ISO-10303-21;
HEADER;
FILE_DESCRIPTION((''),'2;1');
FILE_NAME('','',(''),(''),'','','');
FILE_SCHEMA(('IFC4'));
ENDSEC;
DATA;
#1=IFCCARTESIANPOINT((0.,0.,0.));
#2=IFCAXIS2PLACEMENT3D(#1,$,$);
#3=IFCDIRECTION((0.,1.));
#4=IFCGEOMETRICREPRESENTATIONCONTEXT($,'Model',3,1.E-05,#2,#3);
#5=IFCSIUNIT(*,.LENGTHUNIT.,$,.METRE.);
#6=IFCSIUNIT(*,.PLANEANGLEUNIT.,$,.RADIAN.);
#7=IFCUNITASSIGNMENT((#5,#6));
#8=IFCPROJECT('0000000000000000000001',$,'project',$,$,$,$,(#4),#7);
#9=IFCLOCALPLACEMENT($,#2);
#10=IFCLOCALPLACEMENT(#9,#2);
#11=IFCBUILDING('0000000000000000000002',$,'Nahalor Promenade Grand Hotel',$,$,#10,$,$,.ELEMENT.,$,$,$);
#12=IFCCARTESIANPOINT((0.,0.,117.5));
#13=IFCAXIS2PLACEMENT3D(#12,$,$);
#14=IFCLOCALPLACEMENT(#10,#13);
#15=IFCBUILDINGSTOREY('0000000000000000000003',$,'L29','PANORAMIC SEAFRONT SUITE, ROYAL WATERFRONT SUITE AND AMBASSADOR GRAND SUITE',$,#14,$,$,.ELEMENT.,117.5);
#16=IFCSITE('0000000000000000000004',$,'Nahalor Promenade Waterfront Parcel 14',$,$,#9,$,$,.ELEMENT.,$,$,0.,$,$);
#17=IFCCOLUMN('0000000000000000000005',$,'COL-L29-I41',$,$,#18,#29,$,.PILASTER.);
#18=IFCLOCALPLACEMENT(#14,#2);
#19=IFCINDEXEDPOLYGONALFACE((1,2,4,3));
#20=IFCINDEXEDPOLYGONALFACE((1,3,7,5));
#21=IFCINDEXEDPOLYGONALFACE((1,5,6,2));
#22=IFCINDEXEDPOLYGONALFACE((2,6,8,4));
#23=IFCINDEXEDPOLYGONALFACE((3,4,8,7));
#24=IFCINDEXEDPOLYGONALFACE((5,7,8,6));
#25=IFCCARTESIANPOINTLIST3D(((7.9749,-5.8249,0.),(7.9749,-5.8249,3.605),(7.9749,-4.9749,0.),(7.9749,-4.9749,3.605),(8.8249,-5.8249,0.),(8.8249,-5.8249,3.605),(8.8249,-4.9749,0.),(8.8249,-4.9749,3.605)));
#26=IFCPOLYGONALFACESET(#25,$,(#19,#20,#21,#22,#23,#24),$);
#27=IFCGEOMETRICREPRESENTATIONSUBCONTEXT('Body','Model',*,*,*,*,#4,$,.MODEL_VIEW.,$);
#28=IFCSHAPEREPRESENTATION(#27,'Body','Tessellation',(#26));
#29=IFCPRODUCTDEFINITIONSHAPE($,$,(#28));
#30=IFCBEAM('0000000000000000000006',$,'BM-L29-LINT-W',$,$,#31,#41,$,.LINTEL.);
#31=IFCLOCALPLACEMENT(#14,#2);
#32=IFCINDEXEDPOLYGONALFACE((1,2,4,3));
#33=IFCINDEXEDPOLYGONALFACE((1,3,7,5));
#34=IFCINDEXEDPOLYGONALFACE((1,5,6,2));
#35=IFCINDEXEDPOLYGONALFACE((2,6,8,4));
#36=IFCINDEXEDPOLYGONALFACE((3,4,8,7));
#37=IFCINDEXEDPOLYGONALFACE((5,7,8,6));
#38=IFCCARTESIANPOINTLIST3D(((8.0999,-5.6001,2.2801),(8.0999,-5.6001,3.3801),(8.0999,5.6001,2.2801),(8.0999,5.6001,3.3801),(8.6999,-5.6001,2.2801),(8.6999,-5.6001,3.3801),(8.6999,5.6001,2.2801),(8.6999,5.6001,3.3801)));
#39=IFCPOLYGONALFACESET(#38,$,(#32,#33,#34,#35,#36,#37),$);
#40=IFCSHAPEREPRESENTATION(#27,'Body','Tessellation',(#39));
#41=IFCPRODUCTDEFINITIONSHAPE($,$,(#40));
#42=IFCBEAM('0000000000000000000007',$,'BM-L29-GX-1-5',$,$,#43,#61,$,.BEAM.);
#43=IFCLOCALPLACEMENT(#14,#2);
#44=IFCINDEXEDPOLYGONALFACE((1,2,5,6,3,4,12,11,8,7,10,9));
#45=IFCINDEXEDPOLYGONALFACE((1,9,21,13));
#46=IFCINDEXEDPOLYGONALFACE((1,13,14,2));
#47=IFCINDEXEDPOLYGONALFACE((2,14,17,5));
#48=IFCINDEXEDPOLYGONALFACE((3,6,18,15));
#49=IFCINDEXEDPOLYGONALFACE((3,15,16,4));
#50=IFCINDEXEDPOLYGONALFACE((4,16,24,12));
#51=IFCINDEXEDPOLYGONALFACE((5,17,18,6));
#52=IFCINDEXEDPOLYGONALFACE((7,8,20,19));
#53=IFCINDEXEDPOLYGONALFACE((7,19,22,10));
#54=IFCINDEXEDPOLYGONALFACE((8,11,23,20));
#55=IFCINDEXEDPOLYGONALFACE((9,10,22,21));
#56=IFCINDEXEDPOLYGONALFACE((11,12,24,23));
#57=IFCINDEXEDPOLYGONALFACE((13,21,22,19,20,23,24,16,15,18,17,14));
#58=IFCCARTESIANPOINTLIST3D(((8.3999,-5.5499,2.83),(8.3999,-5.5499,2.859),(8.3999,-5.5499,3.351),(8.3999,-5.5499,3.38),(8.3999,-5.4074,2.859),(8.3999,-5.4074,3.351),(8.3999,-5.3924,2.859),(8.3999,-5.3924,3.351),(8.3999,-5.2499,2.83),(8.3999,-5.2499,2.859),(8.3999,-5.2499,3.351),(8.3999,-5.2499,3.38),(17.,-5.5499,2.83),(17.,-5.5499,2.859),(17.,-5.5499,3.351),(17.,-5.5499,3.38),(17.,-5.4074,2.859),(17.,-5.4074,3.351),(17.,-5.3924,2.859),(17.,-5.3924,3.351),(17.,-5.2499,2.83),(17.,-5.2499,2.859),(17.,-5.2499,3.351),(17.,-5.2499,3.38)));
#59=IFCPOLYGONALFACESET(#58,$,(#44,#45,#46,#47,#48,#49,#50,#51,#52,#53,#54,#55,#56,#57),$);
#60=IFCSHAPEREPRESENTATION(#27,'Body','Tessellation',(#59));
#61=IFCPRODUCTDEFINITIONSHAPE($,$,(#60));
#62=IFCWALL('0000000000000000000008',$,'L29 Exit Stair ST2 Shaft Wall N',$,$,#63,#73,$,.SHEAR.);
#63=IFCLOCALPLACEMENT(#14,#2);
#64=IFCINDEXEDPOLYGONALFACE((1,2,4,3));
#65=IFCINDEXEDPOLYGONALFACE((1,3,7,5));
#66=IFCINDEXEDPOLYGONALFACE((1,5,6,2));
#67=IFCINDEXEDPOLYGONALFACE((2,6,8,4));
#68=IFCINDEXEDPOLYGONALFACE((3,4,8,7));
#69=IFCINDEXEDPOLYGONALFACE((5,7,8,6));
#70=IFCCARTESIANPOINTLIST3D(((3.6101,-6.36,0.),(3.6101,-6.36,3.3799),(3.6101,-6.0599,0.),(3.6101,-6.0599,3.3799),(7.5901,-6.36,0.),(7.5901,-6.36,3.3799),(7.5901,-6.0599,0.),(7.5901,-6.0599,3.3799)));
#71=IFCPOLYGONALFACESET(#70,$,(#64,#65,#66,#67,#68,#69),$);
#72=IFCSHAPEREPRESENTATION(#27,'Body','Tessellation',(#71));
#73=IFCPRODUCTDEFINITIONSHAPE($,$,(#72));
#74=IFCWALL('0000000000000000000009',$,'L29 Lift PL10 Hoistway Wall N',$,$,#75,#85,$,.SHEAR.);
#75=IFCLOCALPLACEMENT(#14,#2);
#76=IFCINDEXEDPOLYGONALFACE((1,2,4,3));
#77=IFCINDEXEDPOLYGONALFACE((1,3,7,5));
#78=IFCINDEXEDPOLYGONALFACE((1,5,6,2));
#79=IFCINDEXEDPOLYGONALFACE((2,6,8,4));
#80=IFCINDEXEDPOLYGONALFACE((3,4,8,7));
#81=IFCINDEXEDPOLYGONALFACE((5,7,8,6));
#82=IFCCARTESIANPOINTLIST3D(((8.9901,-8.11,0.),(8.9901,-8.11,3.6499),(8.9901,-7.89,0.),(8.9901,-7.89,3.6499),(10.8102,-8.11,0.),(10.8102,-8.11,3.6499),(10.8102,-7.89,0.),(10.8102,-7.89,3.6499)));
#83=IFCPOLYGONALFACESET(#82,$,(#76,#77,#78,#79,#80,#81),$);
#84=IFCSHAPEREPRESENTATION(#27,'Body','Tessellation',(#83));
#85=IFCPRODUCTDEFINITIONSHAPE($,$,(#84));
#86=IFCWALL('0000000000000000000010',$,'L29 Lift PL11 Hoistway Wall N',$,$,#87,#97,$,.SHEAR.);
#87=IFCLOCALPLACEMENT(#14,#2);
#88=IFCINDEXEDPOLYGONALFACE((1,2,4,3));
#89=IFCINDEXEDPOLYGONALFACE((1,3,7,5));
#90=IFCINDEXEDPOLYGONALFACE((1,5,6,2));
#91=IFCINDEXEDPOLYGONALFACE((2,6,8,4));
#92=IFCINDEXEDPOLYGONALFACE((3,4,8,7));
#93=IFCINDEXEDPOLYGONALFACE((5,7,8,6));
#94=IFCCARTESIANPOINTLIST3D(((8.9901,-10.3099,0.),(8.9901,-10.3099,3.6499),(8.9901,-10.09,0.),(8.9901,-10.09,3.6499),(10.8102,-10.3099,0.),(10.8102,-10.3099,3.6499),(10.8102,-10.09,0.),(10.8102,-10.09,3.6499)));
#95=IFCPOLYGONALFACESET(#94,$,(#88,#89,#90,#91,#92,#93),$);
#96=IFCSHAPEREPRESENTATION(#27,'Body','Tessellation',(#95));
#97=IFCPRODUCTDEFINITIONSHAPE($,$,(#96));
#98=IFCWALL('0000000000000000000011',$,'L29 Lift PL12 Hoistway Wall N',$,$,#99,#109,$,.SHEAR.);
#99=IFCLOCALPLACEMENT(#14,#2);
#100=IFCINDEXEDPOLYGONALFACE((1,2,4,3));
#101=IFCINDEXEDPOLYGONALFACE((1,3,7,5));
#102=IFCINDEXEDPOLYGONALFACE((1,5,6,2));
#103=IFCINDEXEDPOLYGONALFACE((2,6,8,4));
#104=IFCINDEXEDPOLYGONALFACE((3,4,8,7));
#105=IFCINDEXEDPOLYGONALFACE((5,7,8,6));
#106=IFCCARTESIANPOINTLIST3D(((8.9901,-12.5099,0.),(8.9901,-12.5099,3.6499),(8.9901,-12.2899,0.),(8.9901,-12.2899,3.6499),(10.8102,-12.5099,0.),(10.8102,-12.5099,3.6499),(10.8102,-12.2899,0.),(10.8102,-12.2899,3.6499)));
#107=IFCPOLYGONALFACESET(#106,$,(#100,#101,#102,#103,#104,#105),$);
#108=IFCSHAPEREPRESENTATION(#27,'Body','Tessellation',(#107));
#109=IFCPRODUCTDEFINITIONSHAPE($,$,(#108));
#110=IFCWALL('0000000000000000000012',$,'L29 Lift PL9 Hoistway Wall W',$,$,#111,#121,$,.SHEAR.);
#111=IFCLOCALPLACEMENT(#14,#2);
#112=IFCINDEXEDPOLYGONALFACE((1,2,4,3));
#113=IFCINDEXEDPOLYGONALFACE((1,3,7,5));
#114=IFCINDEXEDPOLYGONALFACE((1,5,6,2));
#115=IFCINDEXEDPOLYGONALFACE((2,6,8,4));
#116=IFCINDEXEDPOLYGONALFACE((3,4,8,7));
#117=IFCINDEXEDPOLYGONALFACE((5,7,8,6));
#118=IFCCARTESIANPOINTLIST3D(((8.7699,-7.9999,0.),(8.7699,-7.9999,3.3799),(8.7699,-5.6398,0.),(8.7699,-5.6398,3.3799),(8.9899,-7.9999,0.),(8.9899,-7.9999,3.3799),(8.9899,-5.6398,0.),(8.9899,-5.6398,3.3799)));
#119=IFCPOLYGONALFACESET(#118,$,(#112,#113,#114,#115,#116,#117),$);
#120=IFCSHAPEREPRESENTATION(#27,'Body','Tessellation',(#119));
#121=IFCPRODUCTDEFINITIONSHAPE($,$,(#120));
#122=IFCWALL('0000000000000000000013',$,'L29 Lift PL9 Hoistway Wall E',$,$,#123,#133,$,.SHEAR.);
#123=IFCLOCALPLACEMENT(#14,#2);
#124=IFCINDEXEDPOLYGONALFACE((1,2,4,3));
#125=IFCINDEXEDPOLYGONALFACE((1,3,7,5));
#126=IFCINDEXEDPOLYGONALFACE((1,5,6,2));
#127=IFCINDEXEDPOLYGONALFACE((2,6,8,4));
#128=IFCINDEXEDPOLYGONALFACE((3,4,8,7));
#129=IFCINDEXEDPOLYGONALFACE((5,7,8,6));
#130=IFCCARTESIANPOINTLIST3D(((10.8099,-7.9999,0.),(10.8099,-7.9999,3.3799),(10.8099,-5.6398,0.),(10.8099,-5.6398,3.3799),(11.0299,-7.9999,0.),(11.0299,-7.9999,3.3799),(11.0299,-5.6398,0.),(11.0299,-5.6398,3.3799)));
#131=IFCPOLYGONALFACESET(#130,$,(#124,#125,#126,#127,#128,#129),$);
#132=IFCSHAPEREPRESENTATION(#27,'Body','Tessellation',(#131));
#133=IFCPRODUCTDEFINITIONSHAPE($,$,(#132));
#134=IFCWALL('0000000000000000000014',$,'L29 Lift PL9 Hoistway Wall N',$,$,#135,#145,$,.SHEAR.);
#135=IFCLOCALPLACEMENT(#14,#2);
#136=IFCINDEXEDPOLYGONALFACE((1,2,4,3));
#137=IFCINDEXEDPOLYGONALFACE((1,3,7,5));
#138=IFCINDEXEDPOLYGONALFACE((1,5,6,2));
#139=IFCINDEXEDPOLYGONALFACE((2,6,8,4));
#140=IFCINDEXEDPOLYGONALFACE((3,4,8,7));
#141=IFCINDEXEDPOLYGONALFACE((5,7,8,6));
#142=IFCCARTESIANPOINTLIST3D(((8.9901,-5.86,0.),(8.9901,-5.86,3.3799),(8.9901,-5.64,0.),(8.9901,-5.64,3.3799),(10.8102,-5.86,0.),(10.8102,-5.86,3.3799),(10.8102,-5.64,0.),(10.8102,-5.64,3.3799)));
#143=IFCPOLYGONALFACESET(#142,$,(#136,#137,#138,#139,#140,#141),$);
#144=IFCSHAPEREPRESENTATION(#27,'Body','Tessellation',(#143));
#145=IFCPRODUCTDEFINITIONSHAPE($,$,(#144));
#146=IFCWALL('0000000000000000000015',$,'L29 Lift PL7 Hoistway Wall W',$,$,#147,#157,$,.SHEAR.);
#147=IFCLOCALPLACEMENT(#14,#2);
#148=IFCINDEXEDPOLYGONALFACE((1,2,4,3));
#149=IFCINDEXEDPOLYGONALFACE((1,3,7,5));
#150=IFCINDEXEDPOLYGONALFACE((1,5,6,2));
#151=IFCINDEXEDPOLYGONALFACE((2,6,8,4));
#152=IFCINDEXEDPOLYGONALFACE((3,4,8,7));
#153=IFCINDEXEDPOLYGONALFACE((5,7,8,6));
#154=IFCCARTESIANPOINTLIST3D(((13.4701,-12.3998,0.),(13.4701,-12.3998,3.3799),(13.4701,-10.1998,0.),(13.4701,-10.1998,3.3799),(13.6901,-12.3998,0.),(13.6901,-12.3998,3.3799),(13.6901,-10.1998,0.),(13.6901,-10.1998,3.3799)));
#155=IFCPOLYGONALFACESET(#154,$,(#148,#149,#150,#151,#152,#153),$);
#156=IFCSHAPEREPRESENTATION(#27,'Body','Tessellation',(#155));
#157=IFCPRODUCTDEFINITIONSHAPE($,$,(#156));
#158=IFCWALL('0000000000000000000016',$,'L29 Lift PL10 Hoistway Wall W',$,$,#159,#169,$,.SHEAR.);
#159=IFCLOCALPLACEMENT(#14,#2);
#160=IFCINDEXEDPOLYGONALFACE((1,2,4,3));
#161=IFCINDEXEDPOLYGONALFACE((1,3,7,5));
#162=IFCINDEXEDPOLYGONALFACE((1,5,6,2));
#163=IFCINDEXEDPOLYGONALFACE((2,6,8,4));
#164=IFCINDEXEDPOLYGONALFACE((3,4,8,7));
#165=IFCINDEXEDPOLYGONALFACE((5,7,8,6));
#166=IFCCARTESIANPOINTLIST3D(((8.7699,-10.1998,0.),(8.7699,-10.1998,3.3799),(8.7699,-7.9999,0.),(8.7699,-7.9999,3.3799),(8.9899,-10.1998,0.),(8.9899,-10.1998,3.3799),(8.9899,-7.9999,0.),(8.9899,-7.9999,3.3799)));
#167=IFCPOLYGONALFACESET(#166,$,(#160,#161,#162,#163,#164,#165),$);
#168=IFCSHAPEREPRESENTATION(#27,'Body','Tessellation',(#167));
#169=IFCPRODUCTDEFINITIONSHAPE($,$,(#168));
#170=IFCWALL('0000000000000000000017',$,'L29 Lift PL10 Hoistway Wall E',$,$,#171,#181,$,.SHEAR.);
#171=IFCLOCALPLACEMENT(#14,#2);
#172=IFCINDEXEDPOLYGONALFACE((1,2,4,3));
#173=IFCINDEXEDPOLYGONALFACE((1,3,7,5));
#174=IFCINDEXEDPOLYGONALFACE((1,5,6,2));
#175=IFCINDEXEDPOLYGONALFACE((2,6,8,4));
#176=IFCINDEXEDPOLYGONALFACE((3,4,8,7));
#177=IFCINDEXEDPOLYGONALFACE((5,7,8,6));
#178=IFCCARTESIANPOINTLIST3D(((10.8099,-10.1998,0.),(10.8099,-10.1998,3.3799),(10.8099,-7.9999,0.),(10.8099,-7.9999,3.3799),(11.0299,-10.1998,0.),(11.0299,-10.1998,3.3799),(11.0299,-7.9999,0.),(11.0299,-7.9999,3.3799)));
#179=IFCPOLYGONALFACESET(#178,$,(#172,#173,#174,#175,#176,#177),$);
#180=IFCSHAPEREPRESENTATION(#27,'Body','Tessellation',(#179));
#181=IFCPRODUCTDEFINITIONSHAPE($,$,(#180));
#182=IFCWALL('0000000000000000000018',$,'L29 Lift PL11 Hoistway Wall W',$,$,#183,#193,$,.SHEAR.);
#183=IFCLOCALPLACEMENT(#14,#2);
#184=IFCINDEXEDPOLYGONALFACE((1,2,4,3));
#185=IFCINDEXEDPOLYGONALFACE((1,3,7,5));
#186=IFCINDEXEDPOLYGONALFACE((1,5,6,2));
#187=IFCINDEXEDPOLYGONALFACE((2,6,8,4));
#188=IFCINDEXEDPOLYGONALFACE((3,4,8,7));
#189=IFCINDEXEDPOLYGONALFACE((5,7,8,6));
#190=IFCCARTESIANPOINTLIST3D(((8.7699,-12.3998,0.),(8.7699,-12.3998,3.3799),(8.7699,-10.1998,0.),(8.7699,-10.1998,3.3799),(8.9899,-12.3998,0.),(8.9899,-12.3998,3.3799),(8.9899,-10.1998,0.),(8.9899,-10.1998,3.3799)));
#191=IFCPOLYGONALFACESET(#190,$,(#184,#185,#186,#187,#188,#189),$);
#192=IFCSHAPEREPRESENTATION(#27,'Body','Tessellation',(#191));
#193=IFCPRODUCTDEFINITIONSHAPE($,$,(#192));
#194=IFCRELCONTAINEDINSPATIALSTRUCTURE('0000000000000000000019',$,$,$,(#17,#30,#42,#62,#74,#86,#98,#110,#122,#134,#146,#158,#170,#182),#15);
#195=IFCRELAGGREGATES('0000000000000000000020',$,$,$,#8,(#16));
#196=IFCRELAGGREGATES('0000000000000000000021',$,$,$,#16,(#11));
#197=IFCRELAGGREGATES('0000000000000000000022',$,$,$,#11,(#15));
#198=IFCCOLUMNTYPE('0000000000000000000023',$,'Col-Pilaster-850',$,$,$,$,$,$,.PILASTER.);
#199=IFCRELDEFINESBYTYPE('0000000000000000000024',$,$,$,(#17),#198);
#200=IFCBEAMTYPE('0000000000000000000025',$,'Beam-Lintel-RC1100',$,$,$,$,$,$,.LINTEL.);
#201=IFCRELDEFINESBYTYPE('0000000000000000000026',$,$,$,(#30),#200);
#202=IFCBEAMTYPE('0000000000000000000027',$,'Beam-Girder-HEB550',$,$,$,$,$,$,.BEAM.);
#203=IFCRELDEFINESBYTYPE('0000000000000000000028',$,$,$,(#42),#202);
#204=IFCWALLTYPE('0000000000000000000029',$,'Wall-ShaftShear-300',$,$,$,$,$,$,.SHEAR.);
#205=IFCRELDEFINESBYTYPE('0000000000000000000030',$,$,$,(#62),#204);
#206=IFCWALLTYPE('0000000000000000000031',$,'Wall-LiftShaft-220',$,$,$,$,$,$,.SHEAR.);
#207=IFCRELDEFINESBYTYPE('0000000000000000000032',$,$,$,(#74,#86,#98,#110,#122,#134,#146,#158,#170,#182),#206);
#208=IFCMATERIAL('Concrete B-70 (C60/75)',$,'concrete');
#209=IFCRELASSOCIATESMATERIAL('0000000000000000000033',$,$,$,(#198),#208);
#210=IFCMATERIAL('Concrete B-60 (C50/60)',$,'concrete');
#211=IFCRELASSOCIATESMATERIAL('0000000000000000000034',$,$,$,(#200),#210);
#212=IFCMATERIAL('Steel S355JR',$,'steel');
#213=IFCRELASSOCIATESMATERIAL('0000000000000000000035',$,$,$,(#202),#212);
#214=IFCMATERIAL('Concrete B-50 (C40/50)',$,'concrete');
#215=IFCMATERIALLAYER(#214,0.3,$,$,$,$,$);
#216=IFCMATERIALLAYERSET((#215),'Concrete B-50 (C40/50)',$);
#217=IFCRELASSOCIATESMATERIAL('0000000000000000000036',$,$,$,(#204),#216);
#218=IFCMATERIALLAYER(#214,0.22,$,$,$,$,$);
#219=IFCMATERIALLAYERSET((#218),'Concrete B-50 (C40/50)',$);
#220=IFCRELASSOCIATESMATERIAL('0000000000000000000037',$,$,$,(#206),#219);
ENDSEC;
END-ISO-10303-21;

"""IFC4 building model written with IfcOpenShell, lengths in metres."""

from ifc_helpers import new_model, si_unit, direction, frame, frame_2d, origin, origin_2d, place, context, subcontext, project, spatial, rectangle, i_section, extrude, source, transform, mapped, material, layer, layer_set, material_profile, profile_set, type_object, element, save


model = new_model("IFC4")

# Units and contexts
model_context = context("Model", 3, precision=1e-05, world=origin(), true_north=direction((0.0, 1.0)))
body_context = subcontext(model_context, "Body", "Model", "MODEL_VIEW")
ifc_project = project(units=[si_unit("LENGTHUNIT", "METRE"), si_unit("PLANEANGLEUNIT", "RADIAN")], contexts=[model_context])

# Site, building, storey
site_placement = place(None, origin())
site = spatial("IfcSite", under=ifc_project, at=site_placement, Name="Nahalor Promenade Waterfront Parcel 14", CompositionType="ELEMENT", RefElevation=0.0)
building_placement = place(site_placement, origin())
building = spatial("IfcBuilding", under=site, at=building_placement, Name="Nahalor Promenade Grand Hotel", CompositionType="ELEMENT")
storey_placement = place(building_placement, frame((0.0, 0.0, 117.5)))
storey = spatial("IfcBuildingStorey", under=building, at=storey_placement, Name="L29", Description="PANORAMIC SEAFRONT SUITE, ROYAL WATERFRONT SUITE AND AMBASSADOR GRAND SUITE", CompositionType="ELEMENT", Elevation=117.5)

# Column
ifc_material_1 = material(Name="Concrete B-70 (C60/75)", Category="concrete")
ifc_material_profile_1 = material_profile(ifc_material_1, rectangle(XDim=0.85, YDim=0.85, at=origin_2d()), Name="RC 850x850")
ifc_profile_set_1 = profile_set([ifc_material_profile_1], Name="Concrete B-70 (C60/75)")
column_type = type_object("IfcColumnType", Name="Col-Pilaster-850", PredefinedType="PILASTER", material=ifc_profile_set_1)
shared_shape_1 = source(origin(), body_context, "Body", "SweptSolid", [
    extrude(rectangle(XDim=0.85, YDim=0.85, at=origin_2d()), origin(), (0.0, 0.0, 1.0), 3.605),
])
column_placement = place(storey_placement, frame((8.3999, -5.3999, 0.0), z_axis=(0.0, 0.0, 1.0), x_axis=(1.0, 0.0, 0.0)))
element("IfcColumn", 1, at=column_placement, inside=storey, type_object=column_type, Name="COL-L29-I41", PredefinedType="PILASTER", context=body_context, shape_type="MappedRepresentation", body=[
    mapped(shared_shape_1, transform((0.0, 0.0, 0.0), scale=1.0)),
])

# Beams
ifc_material_2 = material(Name="Concrete B-60 (C50/60)", Category="concrete")
ifc_material_profile_2 = material_profile(ifc_material_2, rectangle(XDim=0.6, YDim=1.1, at=origin_2d()), Name="RC 600x1100")
ifc_profile_set_2 = profile_set([ifc_material_profile_2], Name="Concrete B-60 (C50/60)")
beam_type_1 = type_object("IfcBeamType", Name="Beam-Lintel-RC1100", PredefinedType="LINTEL", material=ifc_profile_set_2)
shared_shape_2 = source(origin(), body_context, "Body", "SweptSolid", [
    extrude(rectangle(XDim=0.6, YDim=1.1, at=origin_2d()), origin(), (0.0, 0.0, 1.0), 11.2002),
])
beam_1_placement = place(storey_placement, frame((8.3999, -5.6001, 2.8301), z_axis=(0.0, 1.0, 0.0), x_axis=(-1.0, 0.0, 0.0)))
element("IfcBeam", 2, at=beam_1_placement, inside=storey, type_object=beam_type_1, Name="BM-L29-LINT-W", PredefinedType="LINTEL", context=body_context, shape_type="MappedRepresentation", body=[
    mapped(shared_shape_2, transform((0.0, 0.0, 0.0), scale=1.0)),
])
ifc_material_3 = material(Name="Steel S355JR", Category="steel")
ifc_material_profile_3 = material_profile(ifc_material_3, i_section(OverallWidth=0.3, OverallDepth=0.55, WebThickness=0.015, FlangeThickness=0.029, at=origin_2d()), Name="HEB 550")
ifc_profile_set_3 = profile_set([ifc_material_profile_3], Name="Steel S355JR")
beam_type_2 = type_object("IfcBeamType", Name="Beam-Girder-HEB550", PredefinedType="BEAM", material=ifc_profile_set_3)
shared_shape_3 = source(origin(), body_context, "Body", "SweptSolid", [
    extrude(i_section(OverallWidth=0.3, OverallDepth=0.55, WebThickness=0.015, FlangeThickness=0.029, at=origin_2d()), origin(), (0.0, 0.0, 1.0), 8.6001),
])
beam_2_placement = place(storey_placement, frame((8.3999, -5.3999, 3.105), z_axis=(1.0, 0.0, 0.0), x_axis=(0.0, 1.0, 0.0)))
element("IfcBeam", 3, at=beam_2_placement, inside=storey, type_object=beam_type_2, Name="BM-L29-GX-1-5", PredefinedType="BEAM", context=body_context, shape_type="MappedRepresentation", body=[
    mapped(shared_shape_3, transform((0.0, 0.0, 0.0), scale=1.0)),
])

# Walls
ifc_material_4 = material(Name="Concrete B-50 (C40/50)", Category="concrete")
ifc_layer_1 = layer(ifc_material_4, 0.3)
ifc_layer_set_1 = layer_set([ifc_layer_1], Name="Concrete B-50 (C40/50)")
wall_type_1 = type_object("IfcWallType", Name="Wall-ShaftShear-300", PredefinedType="SHEAR", material=ifc_layer_set_1)
shared_shape_4 = source(origin(), body_context, "Body", "SweptSolid", [
    extrude(rectangle(XDim=3.98, YDim=0.3, at=frame_2d((1.99, 0.0))), origin(), (0.0, 0.0, 1.0), 3.3799),
])
wall_1_placement = place(storey_placement, frame((3.6101, -6.21, 0.0), z_axis=(0.0, 0.0, 1.0), x_axis=(1.0, 0.0, 0.0)))
element("IfcWall", 4, at=wall_1_placement, inside=storey, type_object=wall_type_1, Name="L29 Exit Stair ST2 Shaft Wall N", PredefinedType="SHEAR", context=body_context, shape_type="MappedRepresentation", body=[
    mapped(shared_shape_4, transform((0.0, 0.0, 0.0), scale=1.0)),
])
ifc_layer_2 = layer(ifc_material_4, 0.22)
ifc_layer_set_2 = layer_set([ifc_layer_2], Name="Concrete B-50 (C40/50)")
wall_type_2 = type_object("IfcWallType", Name="Wall-LiftShaft-220", PredefinedType="SHEAR", material=ifc_layer_set_2)
shared_shape_5 = source(origin(), body_context, "Body", "SweptSolid", [
    extrude(rectangle(XDim=1.8201, YDim=0.22, at=frame_2d((0.9102, 0.0))), origin(), (0.0, 0.0, 1.0), 3.6499),
])
for number, where, z_axis, x_axis, name in (
    (5, (8.99, -8.0, 0.0), (0.0, 0.0, 1.0), (1.0, 0.0, 0.0), "L29 Lift PL10 Hoistway Wall N"),
    (6, (8.99, -10.2, 0.0), (0.0, 0.0, 1.0), (1.0, 0.0, 0.0), "L29 Lift PL11 Hoistway Wall N"),
    (7, (8.99, -12.3999, 0.0), (0.0, 0.0, 1.0), (1.0, 0.0, 0.0), "L29 Lift PL12 Hoistway Wall N"),
):
    element("IfcWall", number, at=place(storey_placement, frame(where, z_axis=z_axis, x_axis=x_axis)), inside=storey, type_object=wall_type_2, Name=name, PredefinedType="SHEAR", context=body_context, shape_type="MappedRepresentation", body=[
        mapped(shared_shape_5, transform((0.0, 0.0, 0.0), scale=1.0)),
    ])
shared_shape_6 = source(origin(), body_context, "Body", "SweptSolid", [
    extrude(rectangle(XDim=2.3601, YDim=0.22, at=frame_2d((1.1802, 0.0))), origin(), (0.0, 0.0, 1.0), 3.3799),
])
for number, where, z_axis, x_axis, name in (
    (8, (8.8799, -8.0, 0.0), (0.0, 0.0, 1.0), (0.0, 1.0, 0.0), "L29 Lift PL9 Hoistway Wall W"),
    (9, (10.9199, -8.0, 0.0), (0.0, 0.0, 1.0), (0.0, 1.0, 0.0), "L29 Lift PL9 Hoistway Wall E"),
):
    element("IfcWall", number, at=place(storey_placement, frame(where, z_axis=z_axis, x_axis=x_axis)), inside=storey, type_object=wall_type_2, Name=name, PredefinedType="SHEAR", context=body_context, shape_type="MappedRepresentation", body=[
        mapped(shared_shape_6, transform((0.0, 0.0, 0.0), scale=1.0)),
    ])
shared_shape_7 = source(origin(), body_context, "Body", "SweptSolid", [
    extrude(rectangle(XDim=1.8201, YDim=0.22, at=frame_2d((0.9102, 0.0))), origin(), (0.0, 0.0, 1.0), 3.3799),
])
wall_2_placement = place(storey_placement, frame((8.99, -5.75, 0.0), z_axis=(0.0, 0.0, 1.0), x_axis=(1.0, 0.0, 0.0)))
element("IfcWall", 10, at=wall_2_placement, inside=storey, type_object=wall_type_2, Name="L29 Lift PL9 Hoistway Wall N", PredefinedType="SHEAR", context=body_context, shape_type="MappedRepresentation", body=[
    mapped(shared_shape_7, transform((0.0, 0.0, 0.0), scale=1.0)),
])
shared_shape_8 = source(origin(), body_context, "Body", "SweptSolid", [
    extrude(rectangle(XDim=2.2, YDim=0.22, at=frame_2d((1.1001, 0.0))), origin(), (0.0, 0.0, 1.0), 3.3799),
])
for number, where, z_axis, x_axis, name in (
    (11, (13.5801, -12.3999, 0.0), (0.0, 0.0, 1.0), (0.0, 1.0, 0.0), "L29 Lift PL7 Hoistway Wall W"),
    (12, (8.8799, -10.2, 0.0), (0.0, 0.0, 1.0), (0.0, 1.0, 0.0), "L29 Lift PL10 Hoistway Wall W"),
    (13, (10.9199, -10.2, 0.0), (0.0, 0.0, 1.0), (0.0, 1.0, 0.0), "L29 Lift PL10 Hoistway Wall E"),
    (14, (8.8799, -12.3999, 0.0), (0.0, 0.0, 1.0), (0.0, 1.0, 0.0), "L29 Lift PL11 Hoistway Wall W"),
):
    element("IfcWall", number, at=place(storey_placement, frame(where, z_axis=z_axis, x_axis=x_axis)), inside=storey, type_object=wall_type_2, Name=name, PredefinedType="SHEAR", context=body_context, shape_type="MappedRepresentation", body=[
        mapped(shared_shape_8, transform((0.0, 0.0, 0.0), scale=1.0)),
    ])

save(model, "model.ifc")
